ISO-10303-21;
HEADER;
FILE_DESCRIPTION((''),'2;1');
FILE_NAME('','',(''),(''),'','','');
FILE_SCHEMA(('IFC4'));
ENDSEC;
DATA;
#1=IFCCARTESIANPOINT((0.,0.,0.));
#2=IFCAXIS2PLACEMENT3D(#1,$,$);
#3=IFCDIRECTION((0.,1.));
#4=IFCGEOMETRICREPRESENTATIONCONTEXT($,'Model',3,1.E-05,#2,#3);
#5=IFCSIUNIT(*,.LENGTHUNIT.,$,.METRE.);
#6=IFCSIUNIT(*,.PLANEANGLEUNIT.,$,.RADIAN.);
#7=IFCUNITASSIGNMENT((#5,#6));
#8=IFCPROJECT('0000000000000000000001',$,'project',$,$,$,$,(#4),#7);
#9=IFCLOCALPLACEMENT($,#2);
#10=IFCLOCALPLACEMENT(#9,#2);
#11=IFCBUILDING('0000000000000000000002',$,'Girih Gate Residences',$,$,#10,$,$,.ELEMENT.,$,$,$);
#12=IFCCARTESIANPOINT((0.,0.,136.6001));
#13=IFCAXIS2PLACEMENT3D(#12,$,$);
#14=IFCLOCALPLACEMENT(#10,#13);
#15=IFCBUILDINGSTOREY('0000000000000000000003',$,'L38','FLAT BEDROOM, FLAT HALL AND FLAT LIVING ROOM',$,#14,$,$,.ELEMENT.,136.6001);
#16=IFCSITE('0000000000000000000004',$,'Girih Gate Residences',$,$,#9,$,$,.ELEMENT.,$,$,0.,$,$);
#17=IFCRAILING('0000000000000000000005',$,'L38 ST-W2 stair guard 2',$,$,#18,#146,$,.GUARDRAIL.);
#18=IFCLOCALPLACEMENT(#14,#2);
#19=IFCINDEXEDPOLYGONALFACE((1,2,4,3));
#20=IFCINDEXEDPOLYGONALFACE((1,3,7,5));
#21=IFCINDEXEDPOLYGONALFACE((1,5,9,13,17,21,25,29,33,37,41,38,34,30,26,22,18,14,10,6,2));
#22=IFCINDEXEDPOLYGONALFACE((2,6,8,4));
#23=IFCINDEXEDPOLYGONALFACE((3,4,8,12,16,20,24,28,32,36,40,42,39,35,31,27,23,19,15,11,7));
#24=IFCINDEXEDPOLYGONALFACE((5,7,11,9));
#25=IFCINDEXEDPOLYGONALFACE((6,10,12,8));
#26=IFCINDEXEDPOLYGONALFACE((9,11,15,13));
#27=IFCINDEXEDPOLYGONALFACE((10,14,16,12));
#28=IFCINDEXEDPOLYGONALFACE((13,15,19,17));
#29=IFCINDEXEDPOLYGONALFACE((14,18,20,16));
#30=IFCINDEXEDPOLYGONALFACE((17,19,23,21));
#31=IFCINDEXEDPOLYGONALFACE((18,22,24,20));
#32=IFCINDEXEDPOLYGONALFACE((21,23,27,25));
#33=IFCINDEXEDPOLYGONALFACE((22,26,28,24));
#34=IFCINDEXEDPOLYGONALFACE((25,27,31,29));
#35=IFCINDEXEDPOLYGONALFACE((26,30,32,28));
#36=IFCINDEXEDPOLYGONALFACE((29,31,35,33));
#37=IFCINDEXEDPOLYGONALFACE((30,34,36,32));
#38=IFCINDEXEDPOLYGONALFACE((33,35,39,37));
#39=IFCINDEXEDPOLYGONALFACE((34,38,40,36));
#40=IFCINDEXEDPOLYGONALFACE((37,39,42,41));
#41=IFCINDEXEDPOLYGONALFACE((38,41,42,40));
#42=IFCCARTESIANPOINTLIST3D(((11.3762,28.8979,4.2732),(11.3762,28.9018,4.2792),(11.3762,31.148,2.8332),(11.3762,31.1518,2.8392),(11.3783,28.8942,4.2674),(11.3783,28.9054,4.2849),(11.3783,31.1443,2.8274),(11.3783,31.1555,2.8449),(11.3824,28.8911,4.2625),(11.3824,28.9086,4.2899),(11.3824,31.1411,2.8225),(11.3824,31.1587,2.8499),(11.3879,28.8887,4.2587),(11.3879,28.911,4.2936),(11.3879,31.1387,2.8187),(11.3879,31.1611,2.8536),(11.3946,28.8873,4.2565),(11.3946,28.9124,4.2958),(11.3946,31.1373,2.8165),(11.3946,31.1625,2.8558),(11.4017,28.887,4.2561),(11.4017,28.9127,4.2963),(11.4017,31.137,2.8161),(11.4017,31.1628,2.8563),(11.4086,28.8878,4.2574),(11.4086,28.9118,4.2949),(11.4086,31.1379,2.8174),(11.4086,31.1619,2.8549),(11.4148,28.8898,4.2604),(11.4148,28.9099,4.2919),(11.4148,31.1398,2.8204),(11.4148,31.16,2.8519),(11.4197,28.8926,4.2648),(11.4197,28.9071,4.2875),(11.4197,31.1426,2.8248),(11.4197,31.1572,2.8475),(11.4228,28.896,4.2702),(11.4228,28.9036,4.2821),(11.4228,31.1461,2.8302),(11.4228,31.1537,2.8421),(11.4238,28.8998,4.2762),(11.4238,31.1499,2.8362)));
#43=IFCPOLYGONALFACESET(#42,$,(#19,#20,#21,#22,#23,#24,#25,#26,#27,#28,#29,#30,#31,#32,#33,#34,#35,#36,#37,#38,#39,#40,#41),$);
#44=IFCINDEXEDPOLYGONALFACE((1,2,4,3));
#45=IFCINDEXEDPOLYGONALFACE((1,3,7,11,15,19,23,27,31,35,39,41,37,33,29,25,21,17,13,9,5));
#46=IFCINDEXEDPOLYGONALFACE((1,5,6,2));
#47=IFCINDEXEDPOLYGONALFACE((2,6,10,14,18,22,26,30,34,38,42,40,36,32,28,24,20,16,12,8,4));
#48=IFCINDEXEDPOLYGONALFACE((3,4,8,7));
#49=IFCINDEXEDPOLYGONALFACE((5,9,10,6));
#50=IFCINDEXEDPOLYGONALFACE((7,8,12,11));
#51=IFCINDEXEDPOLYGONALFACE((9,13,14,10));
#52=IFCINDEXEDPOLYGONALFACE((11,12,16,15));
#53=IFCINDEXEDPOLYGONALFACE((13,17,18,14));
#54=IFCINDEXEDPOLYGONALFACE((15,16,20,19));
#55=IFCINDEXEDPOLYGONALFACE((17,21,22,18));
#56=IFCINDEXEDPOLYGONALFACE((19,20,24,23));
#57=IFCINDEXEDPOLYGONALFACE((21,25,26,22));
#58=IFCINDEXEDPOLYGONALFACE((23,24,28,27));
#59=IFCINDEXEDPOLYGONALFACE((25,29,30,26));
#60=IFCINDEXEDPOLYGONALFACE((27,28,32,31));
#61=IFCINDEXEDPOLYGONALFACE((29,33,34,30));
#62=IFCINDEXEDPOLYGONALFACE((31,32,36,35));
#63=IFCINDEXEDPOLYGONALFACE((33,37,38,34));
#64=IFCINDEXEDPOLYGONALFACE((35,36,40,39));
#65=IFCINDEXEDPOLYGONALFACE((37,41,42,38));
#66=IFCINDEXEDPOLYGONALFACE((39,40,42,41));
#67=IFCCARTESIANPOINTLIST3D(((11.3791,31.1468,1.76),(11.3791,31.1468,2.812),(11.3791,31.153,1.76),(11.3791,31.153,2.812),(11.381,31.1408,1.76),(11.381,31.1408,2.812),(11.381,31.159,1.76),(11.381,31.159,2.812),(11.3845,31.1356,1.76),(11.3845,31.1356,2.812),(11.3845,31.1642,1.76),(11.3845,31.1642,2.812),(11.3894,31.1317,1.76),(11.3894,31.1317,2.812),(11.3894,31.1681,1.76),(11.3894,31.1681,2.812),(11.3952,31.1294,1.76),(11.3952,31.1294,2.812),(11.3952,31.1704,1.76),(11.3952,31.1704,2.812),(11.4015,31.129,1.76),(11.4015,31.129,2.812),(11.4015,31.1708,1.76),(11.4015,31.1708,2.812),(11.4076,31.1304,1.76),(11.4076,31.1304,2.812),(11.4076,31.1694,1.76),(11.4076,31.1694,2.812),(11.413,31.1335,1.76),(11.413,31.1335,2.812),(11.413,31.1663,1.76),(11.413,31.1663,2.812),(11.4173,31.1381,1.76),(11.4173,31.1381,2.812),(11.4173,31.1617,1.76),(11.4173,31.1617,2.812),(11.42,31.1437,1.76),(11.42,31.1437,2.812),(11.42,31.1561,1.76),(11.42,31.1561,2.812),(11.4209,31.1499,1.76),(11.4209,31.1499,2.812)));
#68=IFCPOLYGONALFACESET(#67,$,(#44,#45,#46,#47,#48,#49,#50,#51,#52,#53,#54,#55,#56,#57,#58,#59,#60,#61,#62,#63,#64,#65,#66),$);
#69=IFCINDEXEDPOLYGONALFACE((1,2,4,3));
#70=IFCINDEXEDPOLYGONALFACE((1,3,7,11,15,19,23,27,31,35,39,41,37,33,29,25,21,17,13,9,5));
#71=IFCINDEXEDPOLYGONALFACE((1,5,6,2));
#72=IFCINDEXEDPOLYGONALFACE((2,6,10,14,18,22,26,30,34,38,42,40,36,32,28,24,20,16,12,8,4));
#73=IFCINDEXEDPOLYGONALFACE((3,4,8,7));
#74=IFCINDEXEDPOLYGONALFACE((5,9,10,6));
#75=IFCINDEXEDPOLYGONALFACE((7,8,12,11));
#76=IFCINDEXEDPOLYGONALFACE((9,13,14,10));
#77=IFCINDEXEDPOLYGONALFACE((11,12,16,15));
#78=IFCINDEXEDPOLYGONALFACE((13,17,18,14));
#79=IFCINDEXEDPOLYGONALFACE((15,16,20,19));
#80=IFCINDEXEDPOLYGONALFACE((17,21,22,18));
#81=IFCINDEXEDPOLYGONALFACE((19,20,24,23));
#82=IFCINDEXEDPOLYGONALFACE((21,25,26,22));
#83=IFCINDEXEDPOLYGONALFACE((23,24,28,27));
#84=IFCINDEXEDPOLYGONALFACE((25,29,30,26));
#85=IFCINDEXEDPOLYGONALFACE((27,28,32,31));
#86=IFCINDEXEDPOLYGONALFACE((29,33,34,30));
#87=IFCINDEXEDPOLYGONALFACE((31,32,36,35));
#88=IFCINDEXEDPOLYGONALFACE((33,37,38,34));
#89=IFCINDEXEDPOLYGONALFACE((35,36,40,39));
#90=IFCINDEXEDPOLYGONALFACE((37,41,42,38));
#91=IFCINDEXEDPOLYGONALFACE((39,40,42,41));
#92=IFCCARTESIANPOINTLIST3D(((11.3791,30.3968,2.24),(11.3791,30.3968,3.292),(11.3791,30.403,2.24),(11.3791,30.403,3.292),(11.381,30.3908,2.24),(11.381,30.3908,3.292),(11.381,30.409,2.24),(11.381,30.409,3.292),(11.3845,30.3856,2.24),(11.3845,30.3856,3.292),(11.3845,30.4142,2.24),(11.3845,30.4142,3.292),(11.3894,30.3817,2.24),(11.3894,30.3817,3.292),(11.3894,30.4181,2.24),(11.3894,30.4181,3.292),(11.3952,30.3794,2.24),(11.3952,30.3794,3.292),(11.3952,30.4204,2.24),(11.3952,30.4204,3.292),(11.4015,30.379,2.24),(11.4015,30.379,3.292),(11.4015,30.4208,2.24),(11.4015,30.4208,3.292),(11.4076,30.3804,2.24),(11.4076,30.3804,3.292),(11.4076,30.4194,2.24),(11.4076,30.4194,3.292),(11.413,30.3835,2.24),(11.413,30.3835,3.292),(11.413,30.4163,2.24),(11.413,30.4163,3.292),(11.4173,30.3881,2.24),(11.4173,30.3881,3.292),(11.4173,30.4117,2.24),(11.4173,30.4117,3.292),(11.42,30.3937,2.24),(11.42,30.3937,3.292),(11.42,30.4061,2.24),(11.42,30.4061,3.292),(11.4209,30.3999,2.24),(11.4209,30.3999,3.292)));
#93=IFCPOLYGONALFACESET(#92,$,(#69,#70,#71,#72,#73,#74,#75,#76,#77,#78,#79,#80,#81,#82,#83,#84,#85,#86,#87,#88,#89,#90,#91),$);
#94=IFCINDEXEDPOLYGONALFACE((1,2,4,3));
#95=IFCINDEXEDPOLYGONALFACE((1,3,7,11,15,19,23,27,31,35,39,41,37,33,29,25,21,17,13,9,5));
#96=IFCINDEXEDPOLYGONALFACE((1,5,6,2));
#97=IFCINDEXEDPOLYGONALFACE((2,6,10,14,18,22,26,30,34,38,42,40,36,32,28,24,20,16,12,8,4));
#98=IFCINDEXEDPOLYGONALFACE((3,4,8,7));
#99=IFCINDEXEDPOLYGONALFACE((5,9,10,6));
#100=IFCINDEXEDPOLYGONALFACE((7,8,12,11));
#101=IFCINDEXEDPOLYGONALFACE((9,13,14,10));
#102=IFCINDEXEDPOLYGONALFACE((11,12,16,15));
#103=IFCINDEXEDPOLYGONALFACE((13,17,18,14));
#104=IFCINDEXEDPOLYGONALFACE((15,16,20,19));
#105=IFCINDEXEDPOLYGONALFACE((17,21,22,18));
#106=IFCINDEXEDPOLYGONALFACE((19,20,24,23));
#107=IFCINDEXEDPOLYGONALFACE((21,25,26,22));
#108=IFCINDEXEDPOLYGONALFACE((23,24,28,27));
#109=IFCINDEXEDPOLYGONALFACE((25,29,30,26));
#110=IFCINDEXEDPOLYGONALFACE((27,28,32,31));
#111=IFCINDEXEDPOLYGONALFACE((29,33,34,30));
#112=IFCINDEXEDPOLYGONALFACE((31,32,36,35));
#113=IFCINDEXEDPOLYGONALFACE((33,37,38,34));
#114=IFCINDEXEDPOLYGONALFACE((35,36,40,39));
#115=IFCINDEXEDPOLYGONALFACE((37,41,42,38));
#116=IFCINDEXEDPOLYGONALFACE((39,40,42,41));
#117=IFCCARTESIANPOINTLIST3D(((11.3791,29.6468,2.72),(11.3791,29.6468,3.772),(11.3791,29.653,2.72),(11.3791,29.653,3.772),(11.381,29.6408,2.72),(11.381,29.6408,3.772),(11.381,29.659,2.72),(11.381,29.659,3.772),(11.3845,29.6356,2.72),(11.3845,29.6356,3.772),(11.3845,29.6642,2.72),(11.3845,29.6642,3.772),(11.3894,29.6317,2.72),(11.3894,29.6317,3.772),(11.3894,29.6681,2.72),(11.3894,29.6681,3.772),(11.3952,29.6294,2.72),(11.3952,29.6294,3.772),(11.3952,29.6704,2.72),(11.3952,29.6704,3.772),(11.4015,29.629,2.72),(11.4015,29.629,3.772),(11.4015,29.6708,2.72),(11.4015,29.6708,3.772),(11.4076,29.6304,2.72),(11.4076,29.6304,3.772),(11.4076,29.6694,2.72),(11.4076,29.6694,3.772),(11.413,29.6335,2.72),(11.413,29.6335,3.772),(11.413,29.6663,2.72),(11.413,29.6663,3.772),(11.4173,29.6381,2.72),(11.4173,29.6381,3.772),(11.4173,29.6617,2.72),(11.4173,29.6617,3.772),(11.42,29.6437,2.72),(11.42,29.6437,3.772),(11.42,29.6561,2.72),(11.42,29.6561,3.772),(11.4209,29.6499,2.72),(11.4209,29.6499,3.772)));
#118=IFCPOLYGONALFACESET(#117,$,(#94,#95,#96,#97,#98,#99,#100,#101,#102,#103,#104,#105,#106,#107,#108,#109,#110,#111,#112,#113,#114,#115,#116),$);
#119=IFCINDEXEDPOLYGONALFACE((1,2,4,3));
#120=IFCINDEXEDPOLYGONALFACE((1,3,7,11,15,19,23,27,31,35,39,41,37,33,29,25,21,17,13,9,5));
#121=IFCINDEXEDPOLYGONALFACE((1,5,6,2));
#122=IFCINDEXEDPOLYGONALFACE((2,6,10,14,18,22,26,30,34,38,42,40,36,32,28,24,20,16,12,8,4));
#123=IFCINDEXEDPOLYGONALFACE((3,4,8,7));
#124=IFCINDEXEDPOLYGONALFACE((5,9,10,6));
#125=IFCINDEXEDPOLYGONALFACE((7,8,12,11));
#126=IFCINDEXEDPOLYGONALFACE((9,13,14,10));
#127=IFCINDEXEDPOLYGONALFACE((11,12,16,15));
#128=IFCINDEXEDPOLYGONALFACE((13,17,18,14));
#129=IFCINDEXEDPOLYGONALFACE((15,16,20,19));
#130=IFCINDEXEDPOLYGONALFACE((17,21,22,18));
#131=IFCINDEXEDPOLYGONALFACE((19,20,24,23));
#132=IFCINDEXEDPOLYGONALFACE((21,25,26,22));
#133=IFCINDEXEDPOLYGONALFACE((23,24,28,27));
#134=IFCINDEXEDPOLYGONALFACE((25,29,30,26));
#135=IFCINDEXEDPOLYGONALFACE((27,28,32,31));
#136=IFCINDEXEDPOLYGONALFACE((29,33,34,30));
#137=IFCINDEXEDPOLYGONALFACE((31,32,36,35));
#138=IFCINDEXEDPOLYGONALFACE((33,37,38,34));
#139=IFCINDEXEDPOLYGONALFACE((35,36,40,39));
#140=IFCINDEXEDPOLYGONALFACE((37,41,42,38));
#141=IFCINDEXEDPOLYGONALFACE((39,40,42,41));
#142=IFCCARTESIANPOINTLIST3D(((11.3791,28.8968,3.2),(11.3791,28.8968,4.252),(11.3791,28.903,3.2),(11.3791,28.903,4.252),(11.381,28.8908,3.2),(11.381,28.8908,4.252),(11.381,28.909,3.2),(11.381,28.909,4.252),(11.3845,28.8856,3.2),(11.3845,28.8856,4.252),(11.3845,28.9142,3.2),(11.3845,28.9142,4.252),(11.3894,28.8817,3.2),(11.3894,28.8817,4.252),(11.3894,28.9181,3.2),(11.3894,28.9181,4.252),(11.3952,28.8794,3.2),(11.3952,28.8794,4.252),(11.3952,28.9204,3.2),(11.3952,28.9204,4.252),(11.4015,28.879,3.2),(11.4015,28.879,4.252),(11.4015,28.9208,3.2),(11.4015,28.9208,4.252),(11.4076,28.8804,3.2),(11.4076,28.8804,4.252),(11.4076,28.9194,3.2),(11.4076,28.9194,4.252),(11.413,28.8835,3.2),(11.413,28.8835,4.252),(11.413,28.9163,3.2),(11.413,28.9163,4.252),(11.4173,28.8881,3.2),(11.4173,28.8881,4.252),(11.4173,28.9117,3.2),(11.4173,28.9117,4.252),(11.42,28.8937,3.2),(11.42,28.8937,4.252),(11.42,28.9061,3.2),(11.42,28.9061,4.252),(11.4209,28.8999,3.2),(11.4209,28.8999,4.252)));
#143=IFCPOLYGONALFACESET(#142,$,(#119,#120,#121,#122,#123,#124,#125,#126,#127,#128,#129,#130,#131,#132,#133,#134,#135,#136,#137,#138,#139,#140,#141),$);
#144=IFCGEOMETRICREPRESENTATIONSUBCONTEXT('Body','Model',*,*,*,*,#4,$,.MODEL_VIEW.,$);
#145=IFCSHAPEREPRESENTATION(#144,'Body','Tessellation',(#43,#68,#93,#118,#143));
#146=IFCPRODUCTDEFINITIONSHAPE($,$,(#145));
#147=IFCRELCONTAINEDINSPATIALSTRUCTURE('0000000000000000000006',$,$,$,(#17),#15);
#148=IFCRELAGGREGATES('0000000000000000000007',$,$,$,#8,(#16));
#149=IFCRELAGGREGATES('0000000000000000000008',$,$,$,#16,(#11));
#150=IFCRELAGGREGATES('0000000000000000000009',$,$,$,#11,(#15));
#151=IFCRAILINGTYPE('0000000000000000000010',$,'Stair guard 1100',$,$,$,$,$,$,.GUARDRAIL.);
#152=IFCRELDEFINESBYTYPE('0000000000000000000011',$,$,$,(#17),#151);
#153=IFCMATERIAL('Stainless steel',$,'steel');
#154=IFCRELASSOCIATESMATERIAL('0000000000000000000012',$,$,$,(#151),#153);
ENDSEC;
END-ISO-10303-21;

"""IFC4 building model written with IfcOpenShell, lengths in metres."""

from ifc_helpers import new_model, si_unit, direction, frame, origin, origin_2d, place, context, subcontext, project, spatial, circle, extrude, material, type_object, element, save


model = new_model("IFC4")

# Units and contexts
model_context = context("Model", 3, precision=1e-05, world=origin(), true_north=direction((0.0, 1.0)))
body_context = subcontext(model_context, "Body", "Model", "MODEL_VIEW")
ifc_project = project(units=[si_unit("LENGTHUNIT", "METRE"), si_unit("PLANEANGLEUNIT", "RADIAN")], contexts=[model_context])

# Site, building, storey
site_placement = place(None, origin())
site = spatial("IfcSite", under=ifc_project, at=site_placement, Name="Girih Gate Residences", CompositionType="ELEMENT", RefElevation=0.0)
building_placement = place(site_placement, origin())
building = spatial("IfcBuilding", under=site, at=building_placement, Name="Girih Gate Residences", CompositionType="ELEMENT")
storey_placement = place(building_placement, frame((0.0, 0.0, 136.6001)))
storey = spatial("IfcBuildingStorey", under=building, at=storey_placement, Name="L38", Description="FLAT BEDROOM, FLAT HALL AND FLAT LIVING ROOM", CompositionType="ELEMENT", Elevation=136.6001)

# Railing
ifc_material_1 = material(Name="Stainless steel", Category="steel")
railing_type_1 = type_object("IfcRailingType", Name="Stair guard 1100", PredefinedType="GUARDRAIL", material=ifc_material_1)
railing_1_placement = place(storey_placement, frame((11.3999, 31.1499, 1.76)))
element("IfcRailing", 1, at=railing_1_placement, inside=storey, type_object=railing_type_1, Name="L38 ST-W2 stair guard 2", PredefinedType="GUARDRAIL", context=body_context, shape_type="SweptSolid", body=[
    extrude(circle(Radius=0.0239, at=origin_2d()), frame((0.0, 0.0, 1.0762), z_axis=(0.0, -0.842281, 0.539038), x_axis=(1.0, 0.0, 0.0)), (0.0, 0.0, 1.0), 2.6714),
    extrude(circle(Radius=0.021, at=origin_2d()), origin(), (0.0, 0.0, 1.0), 1.052),
    extrude(circle(Radius=0.021, at=origin_2d()), frame((0.0, -0.75, 0.48)), (0.0, 0.0, 1.0), 1.052),
    extrude(circle(Radius=0.021, at=origin_2d()), frame((0.0, -1.5, 0.96)), (0.0, 0.0, 1.0), 1.052),
    extrude(circle(Radius=0.021, at=origin_2d()), frame((0.0, -2.25, 1.4399)), (0.0, 0.0, 1.0), 1.052),
])

save(model, "model.ifc")
